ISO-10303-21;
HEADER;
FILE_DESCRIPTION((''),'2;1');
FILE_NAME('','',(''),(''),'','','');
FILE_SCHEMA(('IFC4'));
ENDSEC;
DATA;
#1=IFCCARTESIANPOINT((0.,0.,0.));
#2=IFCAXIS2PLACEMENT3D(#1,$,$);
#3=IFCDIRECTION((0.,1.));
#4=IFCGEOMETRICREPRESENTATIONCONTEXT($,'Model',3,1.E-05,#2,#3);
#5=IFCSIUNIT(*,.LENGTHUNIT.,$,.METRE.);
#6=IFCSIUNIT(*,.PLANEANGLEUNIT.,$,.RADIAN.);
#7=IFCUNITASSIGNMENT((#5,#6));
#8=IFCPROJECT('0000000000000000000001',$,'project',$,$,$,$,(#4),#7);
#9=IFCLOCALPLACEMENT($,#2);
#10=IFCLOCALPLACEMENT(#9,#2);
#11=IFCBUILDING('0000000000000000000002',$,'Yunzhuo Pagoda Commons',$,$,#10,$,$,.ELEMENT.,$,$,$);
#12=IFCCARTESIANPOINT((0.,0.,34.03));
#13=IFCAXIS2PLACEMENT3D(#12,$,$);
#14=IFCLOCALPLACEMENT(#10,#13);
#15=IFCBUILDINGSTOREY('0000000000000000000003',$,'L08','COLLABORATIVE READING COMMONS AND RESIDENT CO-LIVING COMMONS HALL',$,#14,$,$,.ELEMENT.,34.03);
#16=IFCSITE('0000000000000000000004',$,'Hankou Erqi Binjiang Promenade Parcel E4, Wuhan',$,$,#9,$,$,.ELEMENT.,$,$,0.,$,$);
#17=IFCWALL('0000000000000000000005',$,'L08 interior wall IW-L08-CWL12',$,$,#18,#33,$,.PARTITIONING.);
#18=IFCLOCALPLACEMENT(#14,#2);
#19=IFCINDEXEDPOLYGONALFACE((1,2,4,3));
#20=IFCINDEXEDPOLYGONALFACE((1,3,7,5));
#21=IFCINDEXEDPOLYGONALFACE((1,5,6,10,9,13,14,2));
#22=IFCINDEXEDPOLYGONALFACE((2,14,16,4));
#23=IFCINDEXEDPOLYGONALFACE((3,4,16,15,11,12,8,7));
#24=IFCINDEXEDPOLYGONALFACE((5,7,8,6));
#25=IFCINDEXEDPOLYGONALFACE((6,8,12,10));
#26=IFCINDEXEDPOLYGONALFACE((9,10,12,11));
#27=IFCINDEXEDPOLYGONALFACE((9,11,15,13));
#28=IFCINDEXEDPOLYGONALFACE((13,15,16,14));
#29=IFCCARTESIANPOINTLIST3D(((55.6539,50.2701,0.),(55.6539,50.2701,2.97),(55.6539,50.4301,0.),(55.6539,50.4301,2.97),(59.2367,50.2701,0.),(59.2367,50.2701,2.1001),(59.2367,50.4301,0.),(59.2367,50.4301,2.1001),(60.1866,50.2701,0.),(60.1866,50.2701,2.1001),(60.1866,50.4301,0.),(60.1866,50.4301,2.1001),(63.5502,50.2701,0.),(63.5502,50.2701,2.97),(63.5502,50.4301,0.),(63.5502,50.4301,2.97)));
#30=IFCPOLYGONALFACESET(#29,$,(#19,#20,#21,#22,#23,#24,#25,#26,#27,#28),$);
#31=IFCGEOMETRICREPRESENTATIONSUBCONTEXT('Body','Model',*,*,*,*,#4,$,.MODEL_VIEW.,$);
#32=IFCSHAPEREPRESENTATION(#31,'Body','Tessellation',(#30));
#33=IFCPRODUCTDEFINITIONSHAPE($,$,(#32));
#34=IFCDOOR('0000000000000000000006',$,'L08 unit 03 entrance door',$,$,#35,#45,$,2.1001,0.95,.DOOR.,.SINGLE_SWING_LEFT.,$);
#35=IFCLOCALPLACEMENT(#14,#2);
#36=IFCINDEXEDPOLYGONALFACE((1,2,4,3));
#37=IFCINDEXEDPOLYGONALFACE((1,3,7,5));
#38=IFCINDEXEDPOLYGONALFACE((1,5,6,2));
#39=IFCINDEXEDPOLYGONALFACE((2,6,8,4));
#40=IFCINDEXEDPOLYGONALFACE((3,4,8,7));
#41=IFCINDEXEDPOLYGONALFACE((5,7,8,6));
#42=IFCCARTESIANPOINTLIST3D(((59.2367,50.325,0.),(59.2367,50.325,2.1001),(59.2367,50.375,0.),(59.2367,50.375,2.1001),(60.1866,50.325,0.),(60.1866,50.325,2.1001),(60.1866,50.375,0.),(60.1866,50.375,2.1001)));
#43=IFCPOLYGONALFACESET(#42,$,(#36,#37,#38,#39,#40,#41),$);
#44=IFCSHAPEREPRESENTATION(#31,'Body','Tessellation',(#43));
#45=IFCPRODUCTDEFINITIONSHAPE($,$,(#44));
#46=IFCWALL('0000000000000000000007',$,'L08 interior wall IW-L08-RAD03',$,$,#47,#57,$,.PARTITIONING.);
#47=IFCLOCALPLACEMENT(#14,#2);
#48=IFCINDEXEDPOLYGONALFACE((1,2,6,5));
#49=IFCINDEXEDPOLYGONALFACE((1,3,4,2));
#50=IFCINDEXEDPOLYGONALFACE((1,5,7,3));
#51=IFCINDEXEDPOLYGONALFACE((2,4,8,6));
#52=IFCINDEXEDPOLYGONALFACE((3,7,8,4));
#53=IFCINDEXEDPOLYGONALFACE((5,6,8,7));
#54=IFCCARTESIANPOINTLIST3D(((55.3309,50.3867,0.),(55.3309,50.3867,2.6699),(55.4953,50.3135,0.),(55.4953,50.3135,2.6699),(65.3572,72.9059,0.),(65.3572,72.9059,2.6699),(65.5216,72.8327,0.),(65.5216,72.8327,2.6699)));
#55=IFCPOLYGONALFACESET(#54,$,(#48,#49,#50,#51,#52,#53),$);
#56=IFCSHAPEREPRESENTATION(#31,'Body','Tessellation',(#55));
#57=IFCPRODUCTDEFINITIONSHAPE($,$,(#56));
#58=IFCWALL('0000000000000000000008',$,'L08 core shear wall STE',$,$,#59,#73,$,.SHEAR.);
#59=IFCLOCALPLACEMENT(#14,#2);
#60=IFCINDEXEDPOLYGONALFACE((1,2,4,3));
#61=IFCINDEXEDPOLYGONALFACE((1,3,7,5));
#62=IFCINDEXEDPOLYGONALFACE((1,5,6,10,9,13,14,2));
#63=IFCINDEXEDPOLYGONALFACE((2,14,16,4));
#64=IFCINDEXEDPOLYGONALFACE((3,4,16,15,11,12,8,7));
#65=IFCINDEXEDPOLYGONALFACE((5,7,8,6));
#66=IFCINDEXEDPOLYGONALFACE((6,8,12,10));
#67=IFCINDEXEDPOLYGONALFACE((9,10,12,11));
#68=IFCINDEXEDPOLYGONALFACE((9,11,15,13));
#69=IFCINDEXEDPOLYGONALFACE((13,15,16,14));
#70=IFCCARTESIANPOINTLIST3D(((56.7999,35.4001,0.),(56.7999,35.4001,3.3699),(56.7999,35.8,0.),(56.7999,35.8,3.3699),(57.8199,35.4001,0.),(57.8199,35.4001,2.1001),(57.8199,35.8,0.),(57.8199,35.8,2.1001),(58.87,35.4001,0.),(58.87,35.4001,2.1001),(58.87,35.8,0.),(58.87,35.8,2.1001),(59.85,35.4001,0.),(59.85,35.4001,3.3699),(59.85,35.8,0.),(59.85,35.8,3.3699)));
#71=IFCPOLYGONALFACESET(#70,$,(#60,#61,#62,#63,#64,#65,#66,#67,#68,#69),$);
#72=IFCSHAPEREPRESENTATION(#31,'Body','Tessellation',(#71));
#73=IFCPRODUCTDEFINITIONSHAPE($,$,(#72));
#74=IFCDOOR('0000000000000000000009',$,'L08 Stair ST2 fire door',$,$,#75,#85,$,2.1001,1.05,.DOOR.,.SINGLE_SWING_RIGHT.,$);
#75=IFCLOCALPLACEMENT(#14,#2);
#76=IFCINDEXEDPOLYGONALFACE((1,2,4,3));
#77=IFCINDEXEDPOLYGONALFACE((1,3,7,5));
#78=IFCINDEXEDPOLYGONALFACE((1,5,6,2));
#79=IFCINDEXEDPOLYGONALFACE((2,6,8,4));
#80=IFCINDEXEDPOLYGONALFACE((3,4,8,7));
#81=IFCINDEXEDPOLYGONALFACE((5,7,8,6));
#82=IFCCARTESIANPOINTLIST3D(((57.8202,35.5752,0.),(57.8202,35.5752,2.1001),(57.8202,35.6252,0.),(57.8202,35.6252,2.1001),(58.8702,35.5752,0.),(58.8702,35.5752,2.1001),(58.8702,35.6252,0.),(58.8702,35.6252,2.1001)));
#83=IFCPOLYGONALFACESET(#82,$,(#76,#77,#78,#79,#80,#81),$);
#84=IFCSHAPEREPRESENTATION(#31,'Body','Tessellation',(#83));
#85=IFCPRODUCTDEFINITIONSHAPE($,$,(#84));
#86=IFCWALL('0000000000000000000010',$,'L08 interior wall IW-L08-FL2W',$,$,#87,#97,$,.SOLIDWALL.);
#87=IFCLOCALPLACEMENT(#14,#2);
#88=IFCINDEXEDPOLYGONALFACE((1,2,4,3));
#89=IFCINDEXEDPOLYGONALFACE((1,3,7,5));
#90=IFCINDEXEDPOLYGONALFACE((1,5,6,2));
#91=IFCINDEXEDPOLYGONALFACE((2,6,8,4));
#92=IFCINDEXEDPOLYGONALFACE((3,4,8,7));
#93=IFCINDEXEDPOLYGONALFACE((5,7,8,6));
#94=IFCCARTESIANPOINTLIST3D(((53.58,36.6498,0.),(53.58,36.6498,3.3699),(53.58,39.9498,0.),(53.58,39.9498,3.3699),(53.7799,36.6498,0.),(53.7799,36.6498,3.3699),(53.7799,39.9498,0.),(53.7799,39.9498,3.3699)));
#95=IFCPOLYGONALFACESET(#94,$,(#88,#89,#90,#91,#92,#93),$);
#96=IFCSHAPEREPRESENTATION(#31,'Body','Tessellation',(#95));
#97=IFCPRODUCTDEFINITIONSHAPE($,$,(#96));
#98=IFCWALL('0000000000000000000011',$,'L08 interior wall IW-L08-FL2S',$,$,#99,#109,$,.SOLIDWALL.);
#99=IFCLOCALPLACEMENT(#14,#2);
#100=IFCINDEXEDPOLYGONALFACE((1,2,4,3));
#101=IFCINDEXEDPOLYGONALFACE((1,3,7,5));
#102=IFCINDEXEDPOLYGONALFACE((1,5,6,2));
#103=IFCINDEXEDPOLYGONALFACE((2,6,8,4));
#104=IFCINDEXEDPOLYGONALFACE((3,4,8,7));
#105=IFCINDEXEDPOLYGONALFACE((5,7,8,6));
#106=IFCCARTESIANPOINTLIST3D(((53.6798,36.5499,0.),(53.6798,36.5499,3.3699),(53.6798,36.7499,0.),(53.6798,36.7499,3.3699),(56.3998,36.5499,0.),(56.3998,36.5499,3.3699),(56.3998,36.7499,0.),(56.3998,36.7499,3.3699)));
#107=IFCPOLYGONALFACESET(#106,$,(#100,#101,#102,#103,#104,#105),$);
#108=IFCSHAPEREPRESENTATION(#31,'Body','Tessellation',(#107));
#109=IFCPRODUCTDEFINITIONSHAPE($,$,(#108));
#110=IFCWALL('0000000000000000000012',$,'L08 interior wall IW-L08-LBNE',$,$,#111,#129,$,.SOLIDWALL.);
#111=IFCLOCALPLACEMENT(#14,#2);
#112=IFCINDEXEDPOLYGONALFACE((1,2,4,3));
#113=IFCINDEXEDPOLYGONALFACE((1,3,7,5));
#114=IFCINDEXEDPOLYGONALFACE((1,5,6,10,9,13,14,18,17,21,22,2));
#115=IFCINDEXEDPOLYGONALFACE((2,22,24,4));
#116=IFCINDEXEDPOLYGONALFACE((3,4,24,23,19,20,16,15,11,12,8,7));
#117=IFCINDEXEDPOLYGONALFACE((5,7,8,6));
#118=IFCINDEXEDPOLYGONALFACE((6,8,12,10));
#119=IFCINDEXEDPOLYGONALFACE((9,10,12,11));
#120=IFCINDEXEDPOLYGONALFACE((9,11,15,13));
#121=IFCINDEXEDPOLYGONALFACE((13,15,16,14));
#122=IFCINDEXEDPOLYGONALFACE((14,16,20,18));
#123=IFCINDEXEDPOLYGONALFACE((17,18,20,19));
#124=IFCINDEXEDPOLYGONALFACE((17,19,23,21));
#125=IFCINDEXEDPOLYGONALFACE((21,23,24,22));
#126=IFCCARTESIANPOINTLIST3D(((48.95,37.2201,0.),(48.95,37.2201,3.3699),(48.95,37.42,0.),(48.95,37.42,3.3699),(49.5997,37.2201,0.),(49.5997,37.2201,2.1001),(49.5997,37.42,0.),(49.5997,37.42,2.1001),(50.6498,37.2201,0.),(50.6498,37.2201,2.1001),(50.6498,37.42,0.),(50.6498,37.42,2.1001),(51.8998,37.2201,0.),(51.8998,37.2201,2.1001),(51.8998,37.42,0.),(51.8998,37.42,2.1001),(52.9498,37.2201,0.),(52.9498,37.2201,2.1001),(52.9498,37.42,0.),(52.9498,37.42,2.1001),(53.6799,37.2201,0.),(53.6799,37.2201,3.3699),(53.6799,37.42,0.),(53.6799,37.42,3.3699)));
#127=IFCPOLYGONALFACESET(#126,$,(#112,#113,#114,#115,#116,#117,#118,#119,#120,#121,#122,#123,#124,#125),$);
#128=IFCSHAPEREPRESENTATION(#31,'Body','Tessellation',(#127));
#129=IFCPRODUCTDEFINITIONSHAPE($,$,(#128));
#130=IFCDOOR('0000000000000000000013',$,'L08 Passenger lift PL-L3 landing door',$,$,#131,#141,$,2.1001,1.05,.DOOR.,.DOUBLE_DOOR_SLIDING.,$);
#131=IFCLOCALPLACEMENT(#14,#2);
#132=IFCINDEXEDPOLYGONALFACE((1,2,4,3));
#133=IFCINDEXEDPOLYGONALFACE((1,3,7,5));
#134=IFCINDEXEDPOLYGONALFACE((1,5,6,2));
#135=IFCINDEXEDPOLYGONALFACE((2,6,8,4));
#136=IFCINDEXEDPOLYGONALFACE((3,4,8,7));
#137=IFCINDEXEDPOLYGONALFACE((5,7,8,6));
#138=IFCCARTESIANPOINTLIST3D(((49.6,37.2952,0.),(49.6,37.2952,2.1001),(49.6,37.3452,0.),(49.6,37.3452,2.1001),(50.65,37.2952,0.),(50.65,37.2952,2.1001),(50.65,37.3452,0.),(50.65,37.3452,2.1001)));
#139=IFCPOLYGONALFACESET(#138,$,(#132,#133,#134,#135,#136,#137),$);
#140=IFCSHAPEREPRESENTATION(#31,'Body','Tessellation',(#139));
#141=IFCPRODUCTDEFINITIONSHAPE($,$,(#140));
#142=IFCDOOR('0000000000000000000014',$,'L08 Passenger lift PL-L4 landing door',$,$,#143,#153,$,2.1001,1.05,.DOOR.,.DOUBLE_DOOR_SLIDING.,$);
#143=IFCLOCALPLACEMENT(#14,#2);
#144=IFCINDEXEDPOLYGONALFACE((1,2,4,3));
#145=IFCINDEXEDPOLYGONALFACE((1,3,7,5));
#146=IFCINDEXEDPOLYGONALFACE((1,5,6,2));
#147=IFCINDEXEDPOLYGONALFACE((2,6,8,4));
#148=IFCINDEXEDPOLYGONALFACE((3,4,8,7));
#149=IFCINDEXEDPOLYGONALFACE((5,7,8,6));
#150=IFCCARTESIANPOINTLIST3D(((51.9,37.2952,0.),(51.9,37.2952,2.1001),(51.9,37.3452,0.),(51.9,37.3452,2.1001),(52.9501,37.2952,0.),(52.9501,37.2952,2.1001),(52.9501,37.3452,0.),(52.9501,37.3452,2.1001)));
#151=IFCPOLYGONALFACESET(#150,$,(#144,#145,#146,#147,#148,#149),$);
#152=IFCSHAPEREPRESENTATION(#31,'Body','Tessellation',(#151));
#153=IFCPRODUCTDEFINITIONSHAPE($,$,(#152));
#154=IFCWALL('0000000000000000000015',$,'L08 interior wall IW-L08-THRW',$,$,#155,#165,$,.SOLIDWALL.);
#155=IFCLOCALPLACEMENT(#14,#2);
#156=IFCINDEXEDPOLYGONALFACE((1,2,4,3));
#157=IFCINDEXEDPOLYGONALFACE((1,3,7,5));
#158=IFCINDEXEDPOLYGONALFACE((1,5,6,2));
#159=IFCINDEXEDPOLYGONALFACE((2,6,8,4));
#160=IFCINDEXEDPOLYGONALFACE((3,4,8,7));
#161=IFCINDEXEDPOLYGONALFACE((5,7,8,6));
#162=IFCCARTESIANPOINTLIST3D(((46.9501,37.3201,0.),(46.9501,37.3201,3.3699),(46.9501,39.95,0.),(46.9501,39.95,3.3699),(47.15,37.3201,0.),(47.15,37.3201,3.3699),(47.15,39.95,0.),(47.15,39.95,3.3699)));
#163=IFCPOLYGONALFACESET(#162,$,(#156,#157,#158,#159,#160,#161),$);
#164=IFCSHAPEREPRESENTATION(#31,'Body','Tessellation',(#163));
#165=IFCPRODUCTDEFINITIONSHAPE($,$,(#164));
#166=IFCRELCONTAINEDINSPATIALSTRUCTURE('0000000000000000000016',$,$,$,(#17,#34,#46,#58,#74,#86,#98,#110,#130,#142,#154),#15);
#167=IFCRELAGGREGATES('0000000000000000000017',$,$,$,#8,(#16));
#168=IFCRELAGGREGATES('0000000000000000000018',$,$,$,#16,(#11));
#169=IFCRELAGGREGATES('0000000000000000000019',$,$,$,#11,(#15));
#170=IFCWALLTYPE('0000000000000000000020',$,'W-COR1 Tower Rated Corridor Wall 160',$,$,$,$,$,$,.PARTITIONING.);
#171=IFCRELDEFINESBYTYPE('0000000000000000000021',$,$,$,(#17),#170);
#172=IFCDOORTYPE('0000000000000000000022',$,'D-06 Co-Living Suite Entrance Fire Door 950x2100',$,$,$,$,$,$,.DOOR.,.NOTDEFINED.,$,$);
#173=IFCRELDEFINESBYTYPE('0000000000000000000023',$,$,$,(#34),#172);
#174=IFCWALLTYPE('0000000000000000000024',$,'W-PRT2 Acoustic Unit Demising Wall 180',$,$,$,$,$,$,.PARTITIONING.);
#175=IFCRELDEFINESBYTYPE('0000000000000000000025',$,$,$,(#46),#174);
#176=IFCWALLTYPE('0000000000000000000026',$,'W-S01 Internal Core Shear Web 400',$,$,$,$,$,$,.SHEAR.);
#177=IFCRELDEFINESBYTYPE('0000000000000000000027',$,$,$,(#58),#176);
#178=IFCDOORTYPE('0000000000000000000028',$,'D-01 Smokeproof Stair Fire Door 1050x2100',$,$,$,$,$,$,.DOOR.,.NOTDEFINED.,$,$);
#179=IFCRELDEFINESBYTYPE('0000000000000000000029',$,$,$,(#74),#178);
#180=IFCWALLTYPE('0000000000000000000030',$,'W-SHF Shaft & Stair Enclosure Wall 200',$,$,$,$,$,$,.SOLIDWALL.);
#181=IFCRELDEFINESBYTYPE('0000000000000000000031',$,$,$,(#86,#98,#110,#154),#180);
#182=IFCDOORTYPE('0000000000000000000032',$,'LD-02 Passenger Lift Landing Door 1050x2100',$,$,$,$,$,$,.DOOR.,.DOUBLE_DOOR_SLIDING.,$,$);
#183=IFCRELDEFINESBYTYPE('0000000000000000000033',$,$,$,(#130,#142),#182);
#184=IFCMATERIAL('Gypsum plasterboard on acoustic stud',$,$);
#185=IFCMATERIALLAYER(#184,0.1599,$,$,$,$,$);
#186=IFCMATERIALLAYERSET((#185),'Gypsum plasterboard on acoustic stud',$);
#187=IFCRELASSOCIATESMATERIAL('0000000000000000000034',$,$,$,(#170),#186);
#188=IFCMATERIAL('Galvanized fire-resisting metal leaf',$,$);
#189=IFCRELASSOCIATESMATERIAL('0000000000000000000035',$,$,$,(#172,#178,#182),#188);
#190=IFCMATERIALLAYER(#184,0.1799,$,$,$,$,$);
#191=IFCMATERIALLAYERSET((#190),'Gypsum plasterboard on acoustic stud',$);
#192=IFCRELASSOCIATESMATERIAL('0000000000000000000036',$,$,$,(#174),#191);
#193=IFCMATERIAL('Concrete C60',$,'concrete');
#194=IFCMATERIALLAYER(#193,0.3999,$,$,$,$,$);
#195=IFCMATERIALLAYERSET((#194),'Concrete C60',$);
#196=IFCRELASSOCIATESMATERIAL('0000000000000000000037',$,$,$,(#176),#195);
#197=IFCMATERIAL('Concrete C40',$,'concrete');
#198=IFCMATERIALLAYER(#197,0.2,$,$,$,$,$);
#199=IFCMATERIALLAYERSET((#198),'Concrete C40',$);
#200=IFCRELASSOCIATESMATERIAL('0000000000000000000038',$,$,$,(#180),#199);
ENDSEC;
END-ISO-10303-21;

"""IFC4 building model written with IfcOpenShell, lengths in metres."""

from ifc_helpers import new_model, si_unit, direction, frame, frame_2d, origin, origin_with_axes, place, context, subcontext, project, spatial, rectangle, extrude, source, transform, mapped, material, layer, layer_set, type_object, element, fill, save


model = new_model("IFC4")

# Units and contexts
model_context = context("Model", 3, precision=1e-05, world=origin(), true_north=direction((0.0, 1.0)))
body_context = subcontext(model_context, "Body", "Model", "MODEL_VIEW")
ifc_project = project(units=[si_unit("LENGTHUNIT", "METRE"), si_unit("PLANEANGLEUNIT", "RADIAN")], contexts=[model_context])

# Site, building, storey
site_placement = place(None, origin())
site = spatial("IfcSite", under=ifc_project, at=site_placement, Name="Hankou Erqi Binjiang Promenade Parcel E4, Wuhan", CompositionType="ELEMENT", RefElevation=0.0)
building_placement = place(site_placement, origin())
building = spatial("IfcBuilding", under=site, at=building_placement, Name="Yunzhuo Pagoda Commons", CompositionType="ELEMENT")
storey_placement = place(building_placement, frame((0.0, 0.0, 34.03)))
storey = spatial("IfcBuildingStorey", under=building, at=storey_placement, Name="L08", Description="COLLABORATIVE READING COMMONS AND RESIDENT CO-LIVING COMMONS HALL", CompositionType="ELEMENT", Elevation=34.03)

# Shared definitions
ifc_material_1 = material(Name="Concrete C60", Category="concrete")
ifc_material_2 = material(Name="Galvanized fire-resisting metal leaf")
shared_shape_1 = source(origin(), body_context, "Body", "SweptSolid", [
    extrude(rectangle(XDim=1.05, YDim=2.1001, at=frame_2d((0.5249, 1.05))), frame((0.0, 0.0249, 0.0), z_axis=(0.0, -1.0, 0.0), x_axis=(1.0, 0.0, 0.0)), (0.0, 0.0, 1.0), 0.05),
])

# Shared definitions
ifc_material_3 = material(Name="Gypsum plasterboard on acoustic stud")
ifc_layer_1 = layer(ifc_material_3, 0.1599)
ifc_layer_set_1 = layer_set([ifc_layer_1], Name="Gypsum plasterboard on acoustic stud")
wall_type_1 = type_object("IfcWallType", Name="W-COR1 Tower Rated Corridor Wall 160", PredefinedType="PARTITIONING", material=ifc_layer_set_1)

# Wall, opening, door
door_type_1 = type_object("IfcDoorType", Name="D-06 Co-Living Suite Entrance Fire Door 950x2100", OperationType="NOTDEFINED", PredefinedType="DOOR", material=ifc_material_2)
shared_shape_2 = source(origin(), body_context, "Body", "SweptSolid", [
    extrude(rectangle(XDim=0.95, YDim=2.1001, at=frame_2d((0.4751, 1.05))), frame((0.0, 0.0249, 0.0), z_axis=(0.0, -1.0, 0.0), x_axis=(1.0, 0.0, 0.0)), (0.0, 0.0, 1.0), 0.05),
])
wall_1_placement = place(storey_placement, frame((55.6538, 50.3501, 0.0), z_axis=(0.0, 0.0, 1.0), x_axis=(1.0, 0.0, 0.0)))
wall_1 = element("IfcWall", 1, at=wall_1_placement, inside=storey, type_object=wall_type_1, Name="L08 interior wall IW-L08-CWL12", PredefinedType="PARTITIONING", context=body_context, shape_type="SweptSolid", body=[
    extrude(rectangle(XDim=7.8962, YDim=0.1599, at=frame_2d((3.9482, 0.0))), origin(), (0.0, 0.0, 1.0), 2.97),
])
opening_1_placement = place(wall_1_placement, frame((3.5828, 0.0, 0.0)))
opening_1 = element("IfcOpeningElement", 2, at=opening_1_placement, cuts=wall_1, PredefinedType="OPENING", context=body_context, shape_type="SweptSolid", body=[
    extrude(rectangle(XDim=0.95, YDim=2.1001, at=frame_2d((0.4751, 1.05))), frame((0.0, 0.0898, 0.0), z_axis=(0.0, -1.0, 0.0), x_axis=(1.0, 0.0, 0.0)), (0.0, 0.0, 1.0), 0.1799),
])
door_1_placement = place(opening_1_placement, origin_with_axes())
door_1 = element("IfcDoor", 3, at=door_1_placement, inside=storey, type_object=door_type_1, Name="L08 unit 03 entrance door", OperationType="SINGLE_SWING_LEFT", OverallHeight=2.1001, OverallWidth=0.95, PredefinedType="DOOR", context=body_context, shape_type="MappedRepresentation", body=[
    mapped(shared_shape_2, transform((0.0, 0.0, 0.0), scale=1.0)),
])
fill(opening_1, door_1)

# Wall
ifc_layer_2 = layer(ifc_material_3, 0.1799)
ifc_layer_set_2 = layer_set([ifc_layer_2], Name="Gypsum plasterboard on acoustic stud")
wall_type_2 = type_object("IfcWallType", Name="W-PRT2 Acoustic Unit Demising Wall 180", PredefinedType="PARTITIONING", material=ifc_layer_set_2)
wall_2_placement = place(storey_placement, frame((55.4131, 50.3501, 0.0), z_axis=(0.0, 0.0, 1.0), x_axis=(0.406741, 0.913543, 0.0)))
element("IfcWall", 4, at=wall_2_placement, inside=storey, type_object=wall_type_2, Name="L08 interior wall IW-L08-RAD03", PredefinedType="PARTITIONING", context=body_context, shape_type="SweptSolid", body=[
    extrude(rectangle(XDim=24.6504, YDim=0.1799, at=frame_2d((12.3252, 0.0))), origin(), (0.0, 0.0, 1.0), 2.6699),
])

# Wall, opening, door
ifc_layer_3 = layer(ifc_material_1, 0.3999)
ifc_layer_set_3 = layer_set([ifc_layer_3], Name="Concrete C60")
wall_type_3 = type_object("IfcWallType", Name="W-S01 Internal Core Shear Web 400", PredefinedType="SHEAR", material=ifc_layer_set_3)
wall_3_placement = place(storey_placement, frame((56.8, 35.6001, 0.0), z_axis=(0.0, 0.0, 1.0), x_axis=(1.0, 0.0, 0.0)))
wall_3 = element("IfcWall", 5, at=wall_3_placement, inside=storey, type_object=wall_type_3, Name="L08 core shear wall STE", PredefinedType="SHEAR", context=body_context, shape_type="SweptSolid", body=[
    extrude(rectangle(XDim=3.05, YDim=0.3999, at=frame_2d((1.5249, 0.0))), origin(), (0.0, 0.0, 1.0), 3.3699),
])
opening_2_placement = place(wall_3_placement, frame((1.02, 0.0, 0.0)))
opening_2 = element("IfcOpeningElement", 6, at=opening_2_placement, cuts=wall_3, PredefinedType="OPENING", context=body_context, shape_type="SweptSolid", body=[
    extrude(rectangle(XDim=1.05, YDim=2.1001, at=frame_2d((0.5249, 1.05))), frame((0.0, 0.21, 0.0), z_axis=(0.0, -1.0, 0.0), x_axis=(1.0, 0.0, 0.0)), (0.0, 0.0, 1.0), 0.4199),
])
door_type_2 = type_object("IfcDoorType", Name="D-01 Smokeproof Stair Fire Door 1050x2100", OperationType="NOTDEFINED", PredefinedType="DOOR", material=ifc_material_2)
door_2_placement = place(opening_2_placement, frame((1.05, 0.0, 0.0), z_axis=(0.0, 0.0, 1.0), x_axis=(-1.0, 0.0, 0.0)))
door_2 = element("IfcDoor", 7, at=door_2_placement, inside=storey, type_object=door_type_2, Name="L08 Stair ST2 fire door", OperationType="SINGLE_SWING_RIGHT", OverallHeight=2.1001, OverallWidth=1.05, PredefinedType="DOOR", context=body_context, shape_type="MappedRepresentation", body=[
    mapped(shared_shape_1, transform((0.0, 0.0, 0.0), scale=1.0)),
])
fill(opening_2, door_2)

# Walls
ifc_material_4 = material(Name="Concrete C40", Category="concrete")
ifc_layer_4 = layer(ifc_material_4, 0.2)
ifc_layer_set_4 = layer_set([ifc_layer_4], Name="Concrete C40")
wall_type_4 = type_object("IfcWallType", Name="W-SHF Shaft & Stair Enclosure Wall 200", PredefinedType="SOLIDWALL", material=ifc_layer_set_4)
wall_4_placement = place(storey_placement, frame((53.6799, 36.6499, 0.0), z_axis=(0.0, 0.0, 1.0), x_axis=(0.0, 1.0, 0.0)))
element("IfcWall", 8, at=wall_4_placement, inside=storey, type_object=wall_type_4, Name="L08 interior wall IW-L08-FL2W", PredefinedType="SOLIDWALL", context=body_context, shape_type="SweptSolid", body=[
    extrude(rectangle(XDim=3.3, YDim=0.2, at=frame_2d((1.6499, 0.0))), origin(), (0.0, 0.0, 1.0), 3.3699),
])
wall_5_placement = place(storey_placement, frame((53.6799, 36.6499, 0.0), z_axis=(0.0, 0.0, 1.0), x_axis=(1.0, 0.0, 0.0)))
element("IfcWall", 9, at=wall_5_placement, inside=storey, type_object=wall_type_4, Name="L08 interior wall IW-L08-FL2S", PredefinedType="SOLIDWALL", context=body_context, shape_type="SweptSolid", body=[
    extrude(rectangle(XDim=2.72, YDim=0.2, at=frame_2d((1.3599, 0.0))), origin(), (0.0, 0.0, 1.0), 3.3699),
])

# Wall, openings, doors
wall_6_placement = place(storey_placement, frame((48.95, 37.3201, 0.0), z_axis=(0.0, 0.0, 1.0), x_axis=(1.0, 0.0, 0.0)))
wall_6 = element("IfcWall", 10, at=wall_6_placement, inside=storey, type_object=wall_type_4, Name="L08 interior wall IW-L08-LBNE", PredefinedType="SOLIDWALL", context=body_context, shape_type="SweptSolid", body=[
    extrude(rectangle(XDim=4.73, YDim=0.2, at=frame_2d((2.365, 0.0))), origin(), (0.0, 0.0, 1.0), 3.3699),
])
opening_3_placement = place(wall_6_placement, frame((0.6499, 0.0, 0.0)))
opening_3 = element("IfcOpeningElement", 11, at=opening_3_placement, cuts=wall_6, PredefinedType="OPENING", context=body_context, shape_type="SweptSolid", body=[
    extrude(rectangle(XDim=1.05, YDim=2.1001, at=frame_2d((0.5249, 1.05))), frame((0.0, 0.1099, 0.0), z_axis=(0.0, -1.0, 0.0), x_axis=(1.0, 0.0, 0.0)), (0.0, 0.0, 1.0), 0.22),
])
opening_4_placement = place(wall_6_placement, frame((2.95, 0.0, 0.0)))
opening_4 = element("IfcOpeningElement", 12, at=opening_4_placement, cuts=wall_6, PredefinedType="OPENING", context=body_context, shape_type="SweptSolid", body=[
    extrude(rectangle(XDim=1.05, YDim=2.1001, at=frame_2d((0.5249, 1.05))), frame((0.0, 0.1099, 0.0), z_axis=(0.0, -1.0, 0.0), x_axis=(1.0, 0.0, 0.0)), (0.0, 0.0, 1.0), 0.22),
])
door_type_3 = type_object("IfcDoorType", Name="LD-02 Passenger Lift Landing Door 1050x2100", OperationType="DOUBLE_DOOR_SLIDING", PredefinedType="DOOR", material=ifc_material_2)
door_3_placement = place(opening_3_placement, frame((1.05, 0.0, 0.0), z_axis=(0.0, 0.0, 1.0), x_axis=(-1.0, 0.0, 0.0)))
door_3 = element("IfcDoor", 13, at=door_3_placement, inside=storey, type_object=door_type_3, Name="L08 Passenger lift PL-L3 landing door", OperationType="DOUBLE_DOOR_SLIDING", OverallHeight=2.1001, OverallWidth=1.05, PredefinedType="DOOR", context=body_context, shape_type="MappedRepresentation", body=[
    mapped(shared_shape_1, transform((0.0, 0.0, 0.0), scale=1.0)),
])
fill(opening_3, door_3)
door_4_placement = place(opening_4_placement, frame((1.05, 0.0, 0.0), z_axis=(0.0, 0.0, 1.0), x_axis=(-1.0, 0.0, 0.0)))
door_4 = element("IfcDoor", 14, at=door_4_placement, inside=storey, type_object=door_type_3, Name="L08 Passenger lift PL-L4 landing door", OperationType="DOUBLE_DOOR_SLIDING", OverallHeight=2.1001, OverallWidth=1.05, PredefinedType="DOOR", context=body_context, shape_type="MappedRepresentation", body=[
    mapped(shared_shape_1, transform((0.0, 0.0, 0.0), scale=1.0)),
])
fill(opening_4, door_4)

# Wall
for number, where, z_axis, x_axis, name in (
    (15, (47.05, 37.3201, 0.0), (0.0, 0.0, 1.0), (0.0, 1.0, 0.0), "L08 interior wall IW-L08-THRW"),
):
    element("IfcWall", number, at=place(storey_placement, frame(where, z_axis=z_axis, x_axis=x_axis)), inside=storey, type_object=wall_type_4, Name=name, PredefinedType="SOLIDWALL", context=body_context, shape_type="SweptSolid", body=[
        extrude(rectangle(XDim=2.6299, YDim=0.2, at=frame_2d((1.3149, 0.0))), origin(), (0.0, 0.0, 1.0), 3.3699),
    ])

save(model, "model.ifc")
